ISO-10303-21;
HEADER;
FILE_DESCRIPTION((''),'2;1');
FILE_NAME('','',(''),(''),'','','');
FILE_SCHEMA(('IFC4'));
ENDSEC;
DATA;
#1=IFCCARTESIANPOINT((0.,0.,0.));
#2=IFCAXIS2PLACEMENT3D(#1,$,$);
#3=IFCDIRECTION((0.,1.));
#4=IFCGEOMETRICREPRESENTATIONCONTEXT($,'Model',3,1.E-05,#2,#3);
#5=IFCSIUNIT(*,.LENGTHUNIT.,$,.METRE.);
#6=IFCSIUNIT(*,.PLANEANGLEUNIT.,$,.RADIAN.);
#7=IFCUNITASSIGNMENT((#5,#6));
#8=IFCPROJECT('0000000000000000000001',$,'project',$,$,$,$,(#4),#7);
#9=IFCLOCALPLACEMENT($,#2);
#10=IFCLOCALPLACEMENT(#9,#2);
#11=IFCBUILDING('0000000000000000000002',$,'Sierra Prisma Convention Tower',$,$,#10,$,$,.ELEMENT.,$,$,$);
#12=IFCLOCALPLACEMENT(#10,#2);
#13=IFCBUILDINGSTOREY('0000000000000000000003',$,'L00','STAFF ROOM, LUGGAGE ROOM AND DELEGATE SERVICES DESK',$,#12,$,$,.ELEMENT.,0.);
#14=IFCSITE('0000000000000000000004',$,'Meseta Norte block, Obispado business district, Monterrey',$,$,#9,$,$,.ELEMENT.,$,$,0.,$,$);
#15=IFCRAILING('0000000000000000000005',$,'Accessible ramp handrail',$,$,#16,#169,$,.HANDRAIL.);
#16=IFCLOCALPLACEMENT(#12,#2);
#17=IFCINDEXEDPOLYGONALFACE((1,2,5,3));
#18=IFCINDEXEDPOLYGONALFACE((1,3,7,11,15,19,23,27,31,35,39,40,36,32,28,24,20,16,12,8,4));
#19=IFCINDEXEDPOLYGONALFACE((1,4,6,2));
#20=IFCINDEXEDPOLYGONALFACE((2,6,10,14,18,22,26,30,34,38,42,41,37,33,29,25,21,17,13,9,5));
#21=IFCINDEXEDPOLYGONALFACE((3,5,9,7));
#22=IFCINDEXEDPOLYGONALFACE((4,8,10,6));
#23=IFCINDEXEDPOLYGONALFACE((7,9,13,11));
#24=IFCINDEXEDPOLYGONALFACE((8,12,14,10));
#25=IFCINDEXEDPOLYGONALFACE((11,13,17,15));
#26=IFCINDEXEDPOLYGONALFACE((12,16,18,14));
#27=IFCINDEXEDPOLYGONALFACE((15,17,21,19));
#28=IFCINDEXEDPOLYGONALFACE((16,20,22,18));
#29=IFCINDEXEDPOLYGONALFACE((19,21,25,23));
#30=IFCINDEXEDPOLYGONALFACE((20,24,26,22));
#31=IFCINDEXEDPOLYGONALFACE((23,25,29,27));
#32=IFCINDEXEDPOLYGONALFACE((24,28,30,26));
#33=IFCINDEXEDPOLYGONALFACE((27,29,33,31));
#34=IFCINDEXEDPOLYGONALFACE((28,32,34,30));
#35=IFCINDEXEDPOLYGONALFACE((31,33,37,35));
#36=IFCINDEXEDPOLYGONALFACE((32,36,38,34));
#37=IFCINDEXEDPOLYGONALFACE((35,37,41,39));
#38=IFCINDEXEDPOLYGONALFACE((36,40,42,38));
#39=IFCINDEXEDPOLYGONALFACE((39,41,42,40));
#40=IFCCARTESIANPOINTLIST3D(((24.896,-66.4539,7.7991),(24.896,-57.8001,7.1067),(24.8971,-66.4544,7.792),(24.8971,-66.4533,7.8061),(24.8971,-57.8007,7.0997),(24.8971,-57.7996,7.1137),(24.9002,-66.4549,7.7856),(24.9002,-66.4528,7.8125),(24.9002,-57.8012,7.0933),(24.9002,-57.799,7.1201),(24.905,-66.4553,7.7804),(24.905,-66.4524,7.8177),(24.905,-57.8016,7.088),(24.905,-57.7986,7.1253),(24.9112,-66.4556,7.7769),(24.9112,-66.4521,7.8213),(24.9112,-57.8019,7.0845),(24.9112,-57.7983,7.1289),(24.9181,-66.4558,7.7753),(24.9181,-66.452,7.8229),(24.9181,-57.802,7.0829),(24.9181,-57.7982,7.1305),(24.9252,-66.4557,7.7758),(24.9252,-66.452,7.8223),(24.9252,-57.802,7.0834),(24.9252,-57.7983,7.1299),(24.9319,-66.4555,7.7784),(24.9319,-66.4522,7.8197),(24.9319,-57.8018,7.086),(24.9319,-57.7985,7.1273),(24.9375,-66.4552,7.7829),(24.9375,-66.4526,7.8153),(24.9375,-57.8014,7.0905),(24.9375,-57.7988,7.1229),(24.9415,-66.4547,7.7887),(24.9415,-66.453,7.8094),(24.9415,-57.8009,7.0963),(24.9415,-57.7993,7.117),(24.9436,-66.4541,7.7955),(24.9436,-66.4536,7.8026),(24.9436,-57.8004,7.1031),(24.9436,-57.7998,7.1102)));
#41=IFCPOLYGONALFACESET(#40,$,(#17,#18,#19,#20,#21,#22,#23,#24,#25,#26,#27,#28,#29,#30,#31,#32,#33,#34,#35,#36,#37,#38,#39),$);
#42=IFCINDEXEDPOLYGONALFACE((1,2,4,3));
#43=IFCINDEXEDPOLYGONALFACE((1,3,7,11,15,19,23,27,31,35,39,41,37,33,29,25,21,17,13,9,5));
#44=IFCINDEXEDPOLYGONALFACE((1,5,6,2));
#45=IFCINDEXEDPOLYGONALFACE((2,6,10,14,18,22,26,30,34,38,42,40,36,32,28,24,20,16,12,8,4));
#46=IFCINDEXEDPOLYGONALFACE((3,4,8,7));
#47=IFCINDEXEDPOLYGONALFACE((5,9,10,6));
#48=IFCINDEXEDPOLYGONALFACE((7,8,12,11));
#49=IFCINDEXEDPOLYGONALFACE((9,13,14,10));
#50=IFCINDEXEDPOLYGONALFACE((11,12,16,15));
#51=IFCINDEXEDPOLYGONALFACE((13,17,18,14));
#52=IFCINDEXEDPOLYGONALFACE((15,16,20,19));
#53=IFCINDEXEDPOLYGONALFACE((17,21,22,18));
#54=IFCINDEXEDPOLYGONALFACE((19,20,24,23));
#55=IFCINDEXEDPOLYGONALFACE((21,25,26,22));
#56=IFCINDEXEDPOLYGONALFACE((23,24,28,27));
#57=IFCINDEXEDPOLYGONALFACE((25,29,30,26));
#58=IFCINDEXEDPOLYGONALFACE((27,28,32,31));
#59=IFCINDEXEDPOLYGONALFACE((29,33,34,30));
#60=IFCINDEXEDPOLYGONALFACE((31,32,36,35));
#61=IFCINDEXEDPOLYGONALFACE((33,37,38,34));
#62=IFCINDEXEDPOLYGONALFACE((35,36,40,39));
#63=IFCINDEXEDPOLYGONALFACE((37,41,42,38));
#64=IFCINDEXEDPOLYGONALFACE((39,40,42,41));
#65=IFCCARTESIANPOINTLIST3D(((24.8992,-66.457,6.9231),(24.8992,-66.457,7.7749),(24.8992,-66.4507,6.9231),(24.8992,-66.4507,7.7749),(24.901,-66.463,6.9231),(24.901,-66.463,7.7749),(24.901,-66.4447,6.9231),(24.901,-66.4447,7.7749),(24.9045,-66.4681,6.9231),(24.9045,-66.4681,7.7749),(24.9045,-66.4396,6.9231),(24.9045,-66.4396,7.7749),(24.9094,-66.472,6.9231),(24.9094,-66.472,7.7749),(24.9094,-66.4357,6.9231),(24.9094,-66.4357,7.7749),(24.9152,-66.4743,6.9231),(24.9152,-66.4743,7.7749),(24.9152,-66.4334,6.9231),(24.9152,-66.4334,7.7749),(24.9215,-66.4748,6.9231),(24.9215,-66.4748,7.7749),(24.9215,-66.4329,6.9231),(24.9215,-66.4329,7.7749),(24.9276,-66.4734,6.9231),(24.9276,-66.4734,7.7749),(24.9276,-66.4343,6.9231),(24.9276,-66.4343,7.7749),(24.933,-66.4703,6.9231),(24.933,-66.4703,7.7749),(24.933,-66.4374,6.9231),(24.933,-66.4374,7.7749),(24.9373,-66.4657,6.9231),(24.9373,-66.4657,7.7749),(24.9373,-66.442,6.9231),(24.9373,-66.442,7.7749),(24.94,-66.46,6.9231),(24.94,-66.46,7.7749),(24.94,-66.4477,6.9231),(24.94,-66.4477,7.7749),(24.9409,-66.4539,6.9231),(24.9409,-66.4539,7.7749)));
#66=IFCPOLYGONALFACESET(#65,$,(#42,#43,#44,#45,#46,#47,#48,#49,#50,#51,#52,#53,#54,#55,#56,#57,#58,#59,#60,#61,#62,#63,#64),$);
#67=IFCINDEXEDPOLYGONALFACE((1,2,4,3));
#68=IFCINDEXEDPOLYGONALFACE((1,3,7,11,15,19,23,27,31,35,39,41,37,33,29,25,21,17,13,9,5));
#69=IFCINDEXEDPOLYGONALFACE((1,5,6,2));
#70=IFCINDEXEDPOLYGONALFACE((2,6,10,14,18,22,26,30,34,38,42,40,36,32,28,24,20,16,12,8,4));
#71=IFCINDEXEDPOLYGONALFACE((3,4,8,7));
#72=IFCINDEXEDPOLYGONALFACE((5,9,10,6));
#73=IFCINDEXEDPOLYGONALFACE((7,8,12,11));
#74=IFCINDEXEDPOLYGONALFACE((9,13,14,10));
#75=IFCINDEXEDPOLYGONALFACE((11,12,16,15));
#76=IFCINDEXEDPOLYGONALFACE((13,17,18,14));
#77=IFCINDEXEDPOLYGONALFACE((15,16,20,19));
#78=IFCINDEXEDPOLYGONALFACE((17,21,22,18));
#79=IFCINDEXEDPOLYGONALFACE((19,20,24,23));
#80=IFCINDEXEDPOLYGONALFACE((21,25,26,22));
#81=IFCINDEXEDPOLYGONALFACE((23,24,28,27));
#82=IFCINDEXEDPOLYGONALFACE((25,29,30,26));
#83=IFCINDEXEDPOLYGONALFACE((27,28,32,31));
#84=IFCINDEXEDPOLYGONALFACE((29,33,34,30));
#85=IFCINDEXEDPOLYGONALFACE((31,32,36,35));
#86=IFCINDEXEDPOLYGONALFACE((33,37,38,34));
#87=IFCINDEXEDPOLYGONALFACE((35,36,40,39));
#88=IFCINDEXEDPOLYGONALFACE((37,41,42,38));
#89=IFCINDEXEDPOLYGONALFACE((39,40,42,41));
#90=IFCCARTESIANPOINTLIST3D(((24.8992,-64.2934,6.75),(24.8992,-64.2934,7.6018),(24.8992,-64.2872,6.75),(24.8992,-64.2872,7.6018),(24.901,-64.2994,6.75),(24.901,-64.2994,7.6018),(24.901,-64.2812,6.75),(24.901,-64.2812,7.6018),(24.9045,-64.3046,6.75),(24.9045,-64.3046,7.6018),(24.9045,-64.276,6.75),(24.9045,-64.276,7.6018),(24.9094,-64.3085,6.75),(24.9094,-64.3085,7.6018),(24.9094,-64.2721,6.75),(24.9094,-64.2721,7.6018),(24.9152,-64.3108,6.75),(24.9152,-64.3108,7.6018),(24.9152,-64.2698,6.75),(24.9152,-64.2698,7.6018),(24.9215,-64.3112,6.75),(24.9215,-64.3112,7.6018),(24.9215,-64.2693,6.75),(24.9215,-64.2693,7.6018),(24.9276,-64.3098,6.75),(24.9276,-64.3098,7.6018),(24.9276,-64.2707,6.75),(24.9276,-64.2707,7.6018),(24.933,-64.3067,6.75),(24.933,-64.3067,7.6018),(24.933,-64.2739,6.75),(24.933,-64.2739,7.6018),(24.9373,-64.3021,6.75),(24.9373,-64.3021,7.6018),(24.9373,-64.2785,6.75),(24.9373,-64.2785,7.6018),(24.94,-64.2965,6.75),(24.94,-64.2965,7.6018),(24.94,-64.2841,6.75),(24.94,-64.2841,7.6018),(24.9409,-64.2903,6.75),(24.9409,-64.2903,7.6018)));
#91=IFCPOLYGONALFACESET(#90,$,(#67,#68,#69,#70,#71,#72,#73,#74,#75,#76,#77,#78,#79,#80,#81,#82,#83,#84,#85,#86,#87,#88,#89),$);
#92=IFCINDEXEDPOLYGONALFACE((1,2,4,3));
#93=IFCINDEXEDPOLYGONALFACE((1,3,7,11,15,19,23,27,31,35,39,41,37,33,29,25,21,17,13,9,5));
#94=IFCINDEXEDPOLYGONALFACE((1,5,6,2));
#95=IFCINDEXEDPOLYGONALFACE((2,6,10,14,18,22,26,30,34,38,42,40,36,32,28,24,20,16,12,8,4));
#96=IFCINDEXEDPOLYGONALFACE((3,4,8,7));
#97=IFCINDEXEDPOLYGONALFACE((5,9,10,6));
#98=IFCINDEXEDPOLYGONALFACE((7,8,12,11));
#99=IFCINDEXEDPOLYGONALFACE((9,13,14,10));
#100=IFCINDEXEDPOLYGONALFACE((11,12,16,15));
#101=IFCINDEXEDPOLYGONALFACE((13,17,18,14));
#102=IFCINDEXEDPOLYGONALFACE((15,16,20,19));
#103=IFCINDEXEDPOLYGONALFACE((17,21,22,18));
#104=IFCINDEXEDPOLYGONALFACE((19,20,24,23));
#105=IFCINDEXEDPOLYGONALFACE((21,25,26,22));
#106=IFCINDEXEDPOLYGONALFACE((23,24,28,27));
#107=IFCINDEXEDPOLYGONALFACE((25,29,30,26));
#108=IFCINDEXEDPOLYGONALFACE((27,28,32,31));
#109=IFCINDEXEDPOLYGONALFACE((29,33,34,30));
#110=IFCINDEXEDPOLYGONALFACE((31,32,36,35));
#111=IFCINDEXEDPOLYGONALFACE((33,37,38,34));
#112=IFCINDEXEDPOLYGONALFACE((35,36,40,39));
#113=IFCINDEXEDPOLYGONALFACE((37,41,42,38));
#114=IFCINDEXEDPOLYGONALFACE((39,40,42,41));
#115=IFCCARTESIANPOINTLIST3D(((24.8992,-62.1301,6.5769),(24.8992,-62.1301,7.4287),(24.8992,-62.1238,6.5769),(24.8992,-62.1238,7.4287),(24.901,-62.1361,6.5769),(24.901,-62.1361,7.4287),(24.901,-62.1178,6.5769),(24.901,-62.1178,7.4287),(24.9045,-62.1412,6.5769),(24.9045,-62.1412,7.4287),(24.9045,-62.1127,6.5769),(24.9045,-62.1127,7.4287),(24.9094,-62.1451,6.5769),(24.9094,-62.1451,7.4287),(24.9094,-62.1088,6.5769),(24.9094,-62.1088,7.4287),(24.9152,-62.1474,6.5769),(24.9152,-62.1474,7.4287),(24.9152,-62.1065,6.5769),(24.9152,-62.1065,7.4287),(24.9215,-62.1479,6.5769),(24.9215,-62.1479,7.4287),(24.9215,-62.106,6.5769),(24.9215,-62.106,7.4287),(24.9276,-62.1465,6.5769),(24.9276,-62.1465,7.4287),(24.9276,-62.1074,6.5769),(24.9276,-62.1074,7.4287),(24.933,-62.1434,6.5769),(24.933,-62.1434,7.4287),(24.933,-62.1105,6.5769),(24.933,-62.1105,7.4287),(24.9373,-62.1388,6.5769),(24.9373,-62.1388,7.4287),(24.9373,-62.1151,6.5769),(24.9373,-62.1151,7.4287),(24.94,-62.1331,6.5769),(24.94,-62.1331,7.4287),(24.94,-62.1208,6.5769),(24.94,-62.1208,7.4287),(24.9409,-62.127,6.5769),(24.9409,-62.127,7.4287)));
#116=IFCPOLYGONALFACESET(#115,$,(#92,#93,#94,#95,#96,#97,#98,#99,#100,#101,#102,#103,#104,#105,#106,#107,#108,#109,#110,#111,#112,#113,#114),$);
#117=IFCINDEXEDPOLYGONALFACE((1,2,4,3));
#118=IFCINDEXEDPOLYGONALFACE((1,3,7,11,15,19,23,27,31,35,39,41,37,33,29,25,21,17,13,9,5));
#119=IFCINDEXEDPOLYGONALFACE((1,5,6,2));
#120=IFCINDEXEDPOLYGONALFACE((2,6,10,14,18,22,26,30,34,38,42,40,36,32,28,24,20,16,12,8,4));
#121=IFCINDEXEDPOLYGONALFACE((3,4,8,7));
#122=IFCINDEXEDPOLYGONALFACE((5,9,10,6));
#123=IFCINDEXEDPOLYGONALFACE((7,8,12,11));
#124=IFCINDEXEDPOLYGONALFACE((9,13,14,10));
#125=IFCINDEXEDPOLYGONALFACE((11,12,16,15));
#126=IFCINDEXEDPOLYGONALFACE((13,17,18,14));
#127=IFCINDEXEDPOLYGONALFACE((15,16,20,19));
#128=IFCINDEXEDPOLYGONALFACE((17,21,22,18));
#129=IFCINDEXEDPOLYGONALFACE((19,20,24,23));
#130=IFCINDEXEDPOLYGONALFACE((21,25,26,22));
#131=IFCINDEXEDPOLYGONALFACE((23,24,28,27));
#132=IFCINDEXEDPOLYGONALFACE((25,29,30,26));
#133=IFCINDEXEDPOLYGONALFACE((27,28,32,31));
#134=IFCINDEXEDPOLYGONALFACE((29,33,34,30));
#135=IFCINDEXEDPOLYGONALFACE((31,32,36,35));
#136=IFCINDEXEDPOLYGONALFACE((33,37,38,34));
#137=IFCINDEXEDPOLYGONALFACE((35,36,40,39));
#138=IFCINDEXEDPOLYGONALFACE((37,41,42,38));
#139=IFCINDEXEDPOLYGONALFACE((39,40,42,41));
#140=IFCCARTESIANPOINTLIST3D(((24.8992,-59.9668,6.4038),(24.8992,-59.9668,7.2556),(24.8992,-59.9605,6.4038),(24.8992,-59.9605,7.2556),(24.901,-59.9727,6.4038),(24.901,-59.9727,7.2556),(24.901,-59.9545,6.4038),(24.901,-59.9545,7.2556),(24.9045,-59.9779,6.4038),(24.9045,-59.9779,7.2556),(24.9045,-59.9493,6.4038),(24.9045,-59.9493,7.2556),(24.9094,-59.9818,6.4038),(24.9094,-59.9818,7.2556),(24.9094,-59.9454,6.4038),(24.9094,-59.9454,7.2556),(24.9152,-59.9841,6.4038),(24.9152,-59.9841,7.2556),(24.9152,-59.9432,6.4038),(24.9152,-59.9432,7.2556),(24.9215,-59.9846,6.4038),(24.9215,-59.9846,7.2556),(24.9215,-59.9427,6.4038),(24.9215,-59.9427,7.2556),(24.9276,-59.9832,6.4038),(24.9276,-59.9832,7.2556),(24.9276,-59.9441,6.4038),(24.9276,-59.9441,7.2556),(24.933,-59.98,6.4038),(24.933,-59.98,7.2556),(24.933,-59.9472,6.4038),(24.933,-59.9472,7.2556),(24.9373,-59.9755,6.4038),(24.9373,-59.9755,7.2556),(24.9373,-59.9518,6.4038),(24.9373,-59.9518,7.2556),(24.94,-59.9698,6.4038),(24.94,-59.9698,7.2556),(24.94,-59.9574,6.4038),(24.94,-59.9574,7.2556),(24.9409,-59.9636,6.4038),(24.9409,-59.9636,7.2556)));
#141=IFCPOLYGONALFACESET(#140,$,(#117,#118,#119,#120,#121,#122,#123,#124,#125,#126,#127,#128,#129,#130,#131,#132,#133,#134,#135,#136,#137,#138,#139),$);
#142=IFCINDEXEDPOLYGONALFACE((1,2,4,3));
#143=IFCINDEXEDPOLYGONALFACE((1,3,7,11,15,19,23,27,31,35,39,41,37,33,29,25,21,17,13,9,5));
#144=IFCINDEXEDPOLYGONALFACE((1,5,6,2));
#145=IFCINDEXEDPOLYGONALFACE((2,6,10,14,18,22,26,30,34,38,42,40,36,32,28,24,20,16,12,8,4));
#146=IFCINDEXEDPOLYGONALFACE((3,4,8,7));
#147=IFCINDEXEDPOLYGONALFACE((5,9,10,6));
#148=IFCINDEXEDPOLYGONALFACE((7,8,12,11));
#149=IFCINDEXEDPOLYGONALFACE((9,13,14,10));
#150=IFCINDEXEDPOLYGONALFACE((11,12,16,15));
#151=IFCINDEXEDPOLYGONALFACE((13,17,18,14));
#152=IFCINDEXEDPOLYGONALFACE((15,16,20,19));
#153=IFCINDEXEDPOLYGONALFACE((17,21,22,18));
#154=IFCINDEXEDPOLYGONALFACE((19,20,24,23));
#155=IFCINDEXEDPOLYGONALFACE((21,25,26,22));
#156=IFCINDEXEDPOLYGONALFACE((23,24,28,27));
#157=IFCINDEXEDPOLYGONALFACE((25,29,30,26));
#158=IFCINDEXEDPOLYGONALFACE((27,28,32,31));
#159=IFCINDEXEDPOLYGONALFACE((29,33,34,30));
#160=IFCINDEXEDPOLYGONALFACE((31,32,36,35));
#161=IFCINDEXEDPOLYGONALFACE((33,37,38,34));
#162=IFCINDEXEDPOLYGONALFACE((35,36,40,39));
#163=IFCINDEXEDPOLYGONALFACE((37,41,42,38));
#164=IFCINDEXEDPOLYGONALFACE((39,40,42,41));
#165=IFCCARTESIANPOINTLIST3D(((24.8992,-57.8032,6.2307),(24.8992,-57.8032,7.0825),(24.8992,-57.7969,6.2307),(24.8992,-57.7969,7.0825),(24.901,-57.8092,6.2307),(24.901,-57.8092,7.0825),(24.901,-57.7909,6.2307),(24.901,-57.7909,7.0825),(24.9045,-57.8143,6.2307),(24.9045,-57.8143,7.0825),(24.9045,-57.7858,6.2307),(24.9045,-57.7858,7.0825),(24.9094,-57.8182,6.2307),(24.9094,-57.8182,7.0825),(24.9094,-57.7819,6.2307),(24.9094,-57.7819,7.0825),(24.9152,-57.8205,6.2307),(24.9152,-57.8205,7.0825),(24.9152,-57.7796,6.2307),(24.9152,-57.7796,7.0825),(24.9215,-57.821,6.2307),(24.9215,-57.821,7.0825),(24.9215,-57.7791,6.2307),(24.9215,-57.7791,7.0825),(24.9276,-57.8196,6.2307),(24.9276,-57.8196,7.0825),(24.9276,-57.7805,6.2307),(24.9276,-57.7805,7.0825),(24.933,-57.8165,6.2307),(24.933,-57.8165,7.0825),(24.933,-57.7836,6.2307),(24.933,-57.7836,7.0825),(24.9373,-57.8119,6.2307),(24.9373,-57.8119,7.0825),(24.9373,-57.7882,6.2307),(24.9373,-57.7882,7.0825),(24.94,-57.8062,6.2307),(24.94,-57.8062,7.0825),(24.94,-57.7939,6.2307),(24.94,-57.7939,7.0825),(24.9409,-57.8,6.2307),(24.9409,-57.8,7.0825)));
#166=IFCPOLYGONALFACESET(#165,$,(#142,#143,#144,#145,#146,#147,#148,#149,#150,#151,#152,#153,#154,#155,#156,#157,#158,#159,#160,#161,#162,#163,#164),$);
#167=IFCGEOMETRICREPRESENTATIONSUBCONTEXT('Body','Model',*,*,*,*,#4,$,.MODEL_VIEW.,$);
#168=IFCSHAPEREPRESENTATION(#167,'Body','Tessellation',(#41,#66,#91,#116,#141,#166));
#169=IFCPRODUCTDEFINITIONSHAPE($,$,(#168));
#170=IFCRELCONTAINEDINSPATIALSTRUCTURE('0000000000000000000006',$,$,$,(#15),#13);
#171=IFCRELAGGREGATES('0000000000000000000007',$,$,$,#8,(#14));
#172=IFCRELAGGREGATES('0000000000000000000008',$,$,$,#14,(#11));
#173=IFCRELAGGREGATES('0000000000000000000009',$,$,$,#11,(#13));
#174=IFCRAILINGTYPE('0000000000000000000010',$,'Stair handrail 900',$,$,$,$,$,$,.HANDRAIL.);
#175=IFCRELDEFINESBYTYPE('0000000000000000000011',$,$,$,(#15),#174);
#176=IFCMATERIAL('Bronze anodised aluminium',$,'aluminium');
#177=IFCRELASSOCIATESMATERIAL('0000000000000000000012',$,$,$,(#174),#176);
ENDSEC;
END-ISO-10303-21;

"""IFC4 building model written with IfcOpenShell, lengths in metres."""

from ifc_helpers import new_model, si_unit, direction, frame, origin, origin_2d, place, context, subcontext, project, spatial, circle, extrude, material, type_object, element, save


model = new_model("IFC4")

# Units and contexts
model_context = context("Model", 3, precision=1e-05, world=origin(), true_north=direction((0.0, 1.0)))
body_context = subcontext(model_context, "Body", "Model", "MODEL_VIEW")
ifc_project = project(units=[si_unit("LENGTHUNIT", "METRE"), si_unit("PLANEANGLEUNIT", "RADIAN")], contexts=[model_context])

# Site, building, storey
site_placement = place(None, origin())
site = spatial("IfcSite", under=ifc_project, at=site_placement, Name="Meseta Norte block, Obispado business district, Monterrey", CompositionType="ELEMENT", RefElevation=0.0)
building_placement = place(site_placement, origin())
building = spatial("IfcBuilding", under=site, at=building_placement, Name="Sierra Prisma Convention Tower", CompositionType="ELEMENT")
storey_placement = place(building_placement, origin())
storey = spatial("IfcBuildingStorey", under=building, at=storey_placement, Name="L00", Description="STAFF ROOM, LUGGAGE ROOM AND DELEGATE SERVICES DESK", CompositionType="ELEMENT", Elevation=0.0)

# Railing
ifc_material_1 = material(Name="Bronze anodised aluminium", Category="aluminium")
railing_type_1 = type_object("IfcRailingType", Name="Stair handrail 900", PredefinedType="HANDRAIL", material=ifc_material_1)
railing_1_placement = place(storey_placement, frame((24.9199, -66.4539, 6.9231)))
element("IfcRailing", 1, at=railing_1_placement, inside=storey, type_object=railing_type_1, Name="Accessible ramp handrail", PredefinedType="HANDRAIL", context=body_context, shape_type="SweptSolid", body=[
    extrude(circle(Radius=0.0239, at=origin_2d()), frame((0.0, 0.0, 0.876), z_axis=(0.0, 0.996815, -0.079754), x_axis=(-1.0, 0.0, 0.0)), (0.0, 0.0, 1.0), 8.6814),
    extrude(circle(Radius=0.021, at=origin_2d()), origin(), (0.0, 0.0, 1.0), 0.8518),
    extrude(circle(Radius=0.021, at=origin_2d()), frame((0.0, 2.1636, -0.1731)), (0.0, 0.0, 1.0), 0.8518),
    extrude(circle(Radius=0.021, at=origin_2d()), frame((0.0, 4.3269, -0.3462)), (0.0, 0.0, 1.0), 0.8518),
    extrude(circle(Radius=0.021, at=origin_2d()), frame((0.0, 6.4902, -0.5193)), (0.0, 0.0, 1.0), 0.8518),
    extrude(circle(Radius=0.021, at=origin_2d()), frame((0.0, 8.6538, -0.6924)), (0.0, 0.0, 1.0), 0.8518),
])

save(model, "model.ifc")
